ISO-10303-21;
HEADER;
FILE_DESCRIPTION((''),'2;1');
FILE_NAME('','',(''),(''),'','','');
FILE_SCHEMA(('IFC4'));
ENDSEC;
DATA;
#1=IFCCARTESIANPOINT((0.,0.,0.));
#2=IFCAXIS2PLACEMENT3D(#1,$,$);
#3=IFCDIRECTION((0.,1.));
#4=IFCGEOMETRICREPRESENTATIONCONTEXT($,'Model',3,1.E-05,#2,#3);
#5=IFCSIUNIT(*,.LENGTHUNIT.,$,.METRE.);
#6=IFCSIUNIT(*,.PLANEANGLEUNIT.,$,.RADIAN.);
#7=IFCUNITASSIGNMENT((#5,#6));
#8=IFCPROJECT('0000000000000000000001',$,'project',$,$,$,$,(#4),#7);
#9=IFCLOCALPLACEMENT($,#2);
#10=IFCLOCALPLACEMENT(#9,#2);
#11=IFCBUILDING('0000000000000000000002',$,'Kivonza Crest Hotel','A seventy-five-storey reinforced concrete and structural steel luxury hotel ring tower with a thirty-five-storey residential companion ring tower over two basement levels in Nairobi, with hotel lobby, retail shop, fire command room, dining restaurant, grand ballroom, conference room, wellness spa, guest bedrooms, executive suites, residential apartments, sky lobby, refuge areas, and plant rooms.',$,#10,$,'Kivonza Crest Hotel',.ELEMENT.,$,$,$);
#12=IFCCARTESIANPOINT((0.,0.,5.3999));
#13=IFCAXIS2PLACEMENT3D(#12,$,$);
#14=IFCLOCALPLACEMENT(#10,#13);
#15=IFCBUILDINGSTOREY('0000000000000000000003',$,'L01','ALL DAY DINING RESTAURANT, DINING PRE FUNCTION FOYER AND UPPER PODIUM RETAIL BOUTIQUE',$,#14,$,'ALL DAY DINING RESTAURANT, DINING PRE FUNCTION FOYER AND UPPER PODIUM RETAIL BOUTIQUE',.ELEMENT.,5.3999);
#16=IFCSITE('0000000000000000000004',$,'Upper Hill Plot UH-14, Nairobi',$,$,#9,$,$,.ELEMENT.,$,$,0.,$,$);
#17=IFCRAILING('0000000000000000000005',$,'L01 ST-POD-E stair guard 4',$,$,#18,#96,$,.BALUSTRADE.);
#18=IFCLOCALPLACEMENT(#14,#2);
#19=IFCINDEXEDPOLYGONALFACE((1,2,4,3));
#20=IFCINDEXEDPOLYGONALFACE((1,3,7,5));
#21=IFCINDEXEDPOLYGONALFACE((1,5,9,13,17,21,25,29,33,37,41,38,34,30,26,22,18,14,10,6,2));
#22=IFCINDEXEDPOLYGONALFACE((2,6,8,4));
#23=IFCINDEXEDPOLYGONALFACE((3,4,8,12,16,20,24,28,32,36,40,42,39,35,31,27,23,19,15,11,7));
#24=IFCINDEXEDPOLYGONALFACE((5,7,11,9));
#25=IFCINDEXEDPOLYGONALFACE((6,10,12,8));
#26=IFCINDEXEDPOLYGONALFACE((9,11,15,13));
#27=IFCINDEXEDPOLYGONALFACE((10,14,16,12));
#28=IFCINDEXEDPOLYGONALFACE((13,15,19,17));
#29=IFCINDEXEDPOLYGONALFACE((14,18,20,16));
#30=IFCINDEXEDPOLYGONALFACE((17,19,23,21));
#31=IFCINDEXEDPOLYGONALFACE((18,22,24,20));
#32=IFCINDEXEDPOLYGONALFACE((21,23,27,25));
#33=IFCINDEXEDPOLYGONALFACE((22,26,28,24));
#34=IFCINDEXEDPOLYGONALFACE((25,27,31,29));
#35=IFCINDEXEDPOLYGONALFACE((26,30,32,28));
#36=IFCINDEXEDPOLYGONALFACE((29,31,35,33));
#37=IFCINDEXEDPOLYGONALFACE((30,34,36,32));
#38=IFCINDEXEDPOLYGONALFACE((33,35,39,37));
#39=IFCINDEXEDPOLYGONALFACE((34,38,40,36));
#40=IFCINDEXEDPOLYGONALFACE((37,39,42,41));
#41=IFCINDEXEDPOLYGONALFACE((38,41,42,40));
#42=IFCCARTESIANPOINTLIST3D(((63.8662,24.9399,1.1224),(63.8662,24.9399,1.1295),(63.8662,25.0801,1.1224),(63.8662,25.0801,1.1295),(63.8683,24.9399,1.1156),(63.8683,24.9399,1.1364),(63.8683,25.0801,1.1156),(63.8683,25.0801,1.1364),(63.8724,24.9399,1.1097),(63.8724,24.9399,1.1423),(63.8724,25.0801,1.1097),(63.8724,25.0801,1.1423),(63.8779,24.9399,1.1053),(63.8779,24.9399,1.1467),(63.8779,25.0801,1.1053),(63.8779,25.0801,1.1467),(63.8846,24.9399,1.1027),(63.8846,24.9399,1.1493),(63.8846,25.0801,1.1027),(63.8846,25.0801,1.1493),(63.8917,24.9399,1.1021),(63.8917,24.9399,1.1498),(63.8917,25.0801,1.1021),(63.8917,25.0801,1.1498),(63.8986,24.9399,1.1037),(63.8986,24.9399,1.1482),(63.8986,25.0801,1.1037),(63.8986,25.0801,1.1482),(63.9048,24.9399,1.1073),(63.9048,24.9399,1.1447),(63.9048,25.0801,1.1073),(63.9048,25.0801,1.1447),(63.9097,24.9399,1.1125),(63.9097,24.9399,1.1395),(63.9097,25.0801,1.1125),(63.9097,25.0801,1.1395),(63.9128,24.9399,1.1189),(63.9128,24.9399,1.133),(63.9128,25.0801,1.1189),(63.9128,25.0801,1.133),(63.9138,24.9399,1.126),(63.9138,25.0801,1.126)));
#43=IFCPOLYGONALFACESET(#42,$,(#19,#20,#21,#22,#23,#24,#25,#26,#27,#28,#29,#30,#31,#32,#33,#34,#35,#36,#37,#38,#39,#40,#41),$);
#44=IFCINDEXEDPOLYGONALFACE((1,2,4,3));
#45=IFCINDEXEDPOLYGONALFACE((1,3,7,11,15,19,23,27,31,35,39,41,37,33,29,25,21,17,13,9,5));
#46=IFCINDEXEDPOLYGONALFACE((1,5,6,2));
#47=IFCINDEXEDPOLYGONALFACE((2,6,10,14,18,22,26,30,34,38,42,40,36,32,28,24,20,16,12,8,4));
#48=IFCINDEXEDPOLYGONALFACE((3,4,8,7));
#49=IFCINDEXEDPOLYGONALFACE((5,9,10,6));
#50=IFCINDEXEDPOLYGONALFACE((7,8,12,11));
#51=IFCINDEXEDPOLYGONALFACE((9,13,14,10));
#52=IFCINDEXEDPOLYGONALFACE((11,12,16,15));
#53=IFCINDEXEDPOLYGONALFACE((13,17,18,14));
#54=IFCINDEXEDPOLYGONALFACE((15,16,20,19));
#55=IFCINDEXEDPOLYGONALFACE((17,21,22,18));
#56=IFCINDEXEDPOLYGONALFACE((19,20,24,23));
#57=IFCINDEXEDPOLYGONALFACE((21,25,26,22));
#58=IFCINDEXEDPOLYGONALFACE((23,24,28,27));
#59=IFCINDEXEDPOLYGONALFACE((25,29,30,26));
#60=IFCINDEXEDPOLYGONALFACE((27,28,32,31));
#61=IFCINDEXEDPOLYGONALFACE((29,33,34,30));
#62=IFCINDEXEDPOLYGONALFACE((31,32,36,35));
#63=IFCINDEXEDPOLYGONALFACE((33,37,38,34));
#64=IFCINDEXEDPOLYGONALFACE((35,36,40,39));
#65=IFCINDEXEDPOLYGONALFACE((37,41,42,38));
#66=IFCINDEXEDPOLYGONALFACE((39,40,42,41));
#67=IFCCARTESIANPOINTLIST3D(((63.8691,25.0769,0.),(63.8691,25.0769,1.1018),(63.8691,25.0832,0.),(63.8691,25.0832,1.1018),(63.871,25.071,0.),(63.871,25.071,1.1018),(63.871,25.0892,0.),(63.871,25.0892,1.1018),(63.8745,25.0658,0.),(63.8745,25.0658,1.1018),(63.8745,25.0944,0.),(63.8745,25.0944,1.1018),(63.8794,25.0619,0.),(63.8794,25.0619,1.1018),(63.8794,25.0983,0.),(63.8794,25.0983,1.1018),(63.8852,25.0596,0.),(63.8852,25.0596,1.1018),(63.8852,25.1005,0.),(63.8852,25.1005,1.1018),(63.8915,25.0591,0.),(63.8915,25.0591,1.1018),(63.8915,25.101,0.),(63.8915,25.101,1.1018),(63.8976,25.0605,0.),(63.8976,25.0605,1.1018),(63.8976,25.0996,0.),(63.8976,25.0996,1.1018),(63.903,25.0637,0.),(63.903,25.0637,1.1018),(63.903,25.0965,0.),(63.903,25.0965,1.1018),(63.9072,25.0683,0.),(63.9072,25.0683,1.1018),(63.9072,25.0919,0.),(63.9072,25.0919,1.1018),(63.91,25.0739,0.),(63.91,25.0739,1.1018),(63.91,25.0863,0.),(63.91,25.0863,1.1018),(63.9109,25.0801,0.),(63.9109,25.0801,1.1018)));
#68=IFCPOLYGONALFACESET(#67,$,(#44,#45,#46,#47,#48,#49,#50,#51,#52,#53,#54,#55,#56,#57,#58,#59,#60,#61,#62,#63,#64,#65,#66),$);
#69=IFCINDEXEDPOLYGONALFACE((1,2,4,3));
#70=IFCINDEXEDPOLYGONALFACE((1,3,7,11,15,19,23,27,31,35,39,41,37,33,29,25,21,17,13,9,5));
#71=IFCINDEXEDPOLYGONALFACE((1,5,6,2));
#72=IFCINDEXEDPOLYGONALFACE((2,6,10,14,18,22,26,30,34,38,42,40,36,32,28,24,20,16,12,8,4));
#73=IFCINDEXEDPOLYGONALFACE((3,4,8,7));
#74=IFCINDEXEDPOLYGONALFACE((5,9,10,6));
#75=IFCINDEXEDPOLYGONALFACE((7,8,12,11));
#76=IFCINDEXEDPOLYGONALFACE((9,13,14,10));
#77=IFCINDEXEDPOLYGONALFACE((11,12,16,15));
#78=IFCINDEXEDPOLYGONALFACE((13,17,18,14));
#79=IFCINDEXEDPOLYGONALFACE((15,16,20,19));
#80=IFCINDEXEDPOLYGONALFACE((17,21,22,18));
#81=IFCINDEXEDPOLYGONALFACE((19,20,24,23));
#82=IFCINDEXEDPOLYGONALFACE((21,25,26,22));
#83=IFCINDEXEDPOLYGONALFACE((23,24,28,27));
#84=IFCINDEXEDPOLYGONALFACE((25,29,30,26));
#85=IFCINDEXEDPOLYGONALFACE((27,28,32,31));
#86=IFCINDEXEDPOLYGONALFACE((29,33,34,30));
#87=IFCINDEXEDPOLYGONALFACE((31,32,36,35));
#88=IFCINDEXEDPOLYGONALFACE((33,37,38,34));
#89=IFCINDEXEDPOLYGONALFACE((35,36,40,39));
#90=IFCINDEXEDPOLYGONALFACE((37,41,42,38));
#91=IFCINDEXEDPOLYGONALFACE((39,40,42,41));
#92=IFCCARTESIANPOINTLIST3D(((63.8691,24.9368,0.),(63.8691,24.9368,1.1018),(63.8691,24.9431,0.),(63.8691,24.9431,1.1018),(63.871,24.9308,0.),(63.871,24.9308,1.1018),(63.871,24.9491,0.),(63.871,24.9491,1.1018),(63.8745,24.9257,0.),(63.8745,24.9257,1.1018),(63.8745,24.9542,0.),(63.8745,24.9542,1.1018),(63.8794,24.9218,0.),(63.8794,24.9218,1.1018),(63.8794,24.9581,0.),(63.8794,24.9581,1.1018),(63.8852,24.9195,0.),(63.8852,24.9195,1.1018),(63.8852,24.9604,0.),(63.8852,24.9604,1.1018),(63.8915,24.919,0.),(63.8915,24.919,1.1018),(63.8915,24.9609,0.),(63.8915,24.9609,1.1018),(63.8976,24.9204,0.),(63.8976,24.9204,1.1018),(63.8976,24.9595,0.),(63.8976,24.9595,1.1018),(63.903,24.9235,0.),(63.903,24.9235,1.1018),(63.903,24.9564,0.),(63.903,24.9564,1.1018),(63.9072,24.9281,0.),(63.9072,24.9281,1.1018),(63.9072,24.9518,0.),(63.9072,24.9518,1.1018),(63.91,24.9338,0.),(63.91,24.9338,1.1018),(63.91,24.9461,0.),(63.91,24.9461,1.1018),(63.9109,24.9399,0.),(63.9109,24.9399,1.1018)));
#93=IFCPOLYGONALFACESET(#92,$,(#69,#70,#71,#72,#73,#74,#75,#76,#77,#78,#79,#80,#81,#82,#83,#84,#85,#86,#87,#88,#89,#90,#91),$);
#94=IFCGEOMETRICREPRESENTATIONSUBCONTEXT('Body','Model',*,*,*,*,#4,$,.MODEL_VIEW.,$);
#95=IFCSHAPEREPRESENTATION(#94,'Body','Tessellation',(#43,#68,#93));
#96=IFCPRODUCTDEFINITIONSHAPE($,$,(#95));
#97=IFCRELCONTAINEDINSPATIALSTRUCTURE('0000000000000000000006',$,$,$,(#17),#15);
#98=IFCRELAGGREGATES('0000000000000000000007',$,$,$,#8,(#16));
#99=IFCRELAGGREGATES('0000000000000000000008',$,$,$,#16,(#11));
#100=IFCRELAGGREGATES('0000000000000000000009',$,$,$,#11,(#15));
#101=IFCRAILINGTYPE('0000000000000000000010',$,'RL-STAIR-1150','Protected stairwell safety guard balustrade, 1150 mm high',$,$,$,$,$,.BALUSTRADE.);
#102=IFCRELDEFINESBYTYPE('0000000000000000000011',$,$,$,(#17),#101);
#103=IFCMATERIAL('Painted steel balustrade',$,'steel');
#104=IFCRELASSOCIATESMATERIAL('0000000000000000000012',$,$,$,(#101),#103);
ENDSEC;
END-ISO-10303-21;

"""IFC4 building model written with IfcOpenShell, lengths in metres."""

from ifc_helpers import new_model, si_unit, direction, frame, origin, origin_2d, place, context, subcontext, project, spatial, circle, extrude, material, type_object, element, save


model = new_model("IFC4")

# Units and contexts
model_context = context("Model", 3, precision=1e-05, world=origin(), true_north=direction((0.0, 1.0)))
body_context = subcontext(model_context, "Body", "Model", "MODEL_VIEW")
ifc_project = project(units=[si_unit("LENGTHUNIT", "METRE"), si_unit("PLANEANGLEUNIT", "RADIAN")], contexts=[model_context])

# Site, building, storey
site_placement = place(None, origin())
site = spatial("IfcSite", under=ifc_project, at=site_placement, Name="Upper Hill Plot UH-14, Nairobi", CompositionType="ELEMENT", RefElevation=0.0)
building_placement = place(site_placement, origin())
building = spatial("IfcBuilding", under=site, at=building_placement, Name="Kivonza Crest Hotel", Description="A seventy-five-storey reinforced concrete and structural steel luxury hotel ring tower with a thirty-five-storey residential companion ring tower over two basement levels in Nairobi, with hotel lobby, retail shop, fire command room, dining restaurant, grand ballroom, conference room, wellness spa, guest bedrooms, executive suites, residential apartments, sky lobby, refuge areas, and plant rooms.", LongName="Kivonza Crest Hotel", CompositionType="ELEMENT")
storey_placement = place(building_placement, frame((0.0, 0.0, 5.3999)))
storey = spatial("IfcBuildingStorey", under=building, at=storey_placement, Name="L01", Description="ALL DAY DINING RESTAURANT, DINING PRE FUNCTION FOYER AND UPPER PODIUM RETAIL BOUTIQUE", LongName="ALL DAY DINING RESTAURANT, DINING PRE FUNCTION FOYER AND UPPER PODIUM RETAIL BOUTIQUE", CompositionType="ELEMENT", Elevation=5.3999)

# Railing
ifc_material_1 = material(Name="Painted steel balustrade", Category="steel")
railing_type_1 = type_object("IfcRailingType", Name="RL-STAIR-1150", Description="Protected stairwell safety guard balustrade, 1150 mm high", PredefinedType="BALUSTRADE", material=ifc_material_1)
railing_1_placement = place(storey_placement, frame((63.8899, 25.0801, 0.0)))
element("IfcRailing", 1, at=railing_1_placement, inside=storey, type_object=railing_type_1, Name="L01 ST-POD-E stair guard 4", PredefinedType="BALUSTRADE", context=body_context, shape_type="SweptSolid", body=[
    extrude(circle(Radius=0.0239, at=origin_2d()), frame((0.0, 0.0, 1.126), z_axis=(0.0, -1.0, 0.0), x_axis=(1.0, 0.0, 0.0)), (0.0, 0.0, 1.0), 0.1401),
    extrude(circle(Radius=0.021, at=origin_2d()), origin(), (0.0, 0.0, 1.0), 1.1018),
    extrude(circle(Radius=0.021, at=origin_2d()), frame((0.0, -0.1401, 0.0)), (0.0, 0.0, 1.0), 1.1018),
])

save(model, "model.ifc")
